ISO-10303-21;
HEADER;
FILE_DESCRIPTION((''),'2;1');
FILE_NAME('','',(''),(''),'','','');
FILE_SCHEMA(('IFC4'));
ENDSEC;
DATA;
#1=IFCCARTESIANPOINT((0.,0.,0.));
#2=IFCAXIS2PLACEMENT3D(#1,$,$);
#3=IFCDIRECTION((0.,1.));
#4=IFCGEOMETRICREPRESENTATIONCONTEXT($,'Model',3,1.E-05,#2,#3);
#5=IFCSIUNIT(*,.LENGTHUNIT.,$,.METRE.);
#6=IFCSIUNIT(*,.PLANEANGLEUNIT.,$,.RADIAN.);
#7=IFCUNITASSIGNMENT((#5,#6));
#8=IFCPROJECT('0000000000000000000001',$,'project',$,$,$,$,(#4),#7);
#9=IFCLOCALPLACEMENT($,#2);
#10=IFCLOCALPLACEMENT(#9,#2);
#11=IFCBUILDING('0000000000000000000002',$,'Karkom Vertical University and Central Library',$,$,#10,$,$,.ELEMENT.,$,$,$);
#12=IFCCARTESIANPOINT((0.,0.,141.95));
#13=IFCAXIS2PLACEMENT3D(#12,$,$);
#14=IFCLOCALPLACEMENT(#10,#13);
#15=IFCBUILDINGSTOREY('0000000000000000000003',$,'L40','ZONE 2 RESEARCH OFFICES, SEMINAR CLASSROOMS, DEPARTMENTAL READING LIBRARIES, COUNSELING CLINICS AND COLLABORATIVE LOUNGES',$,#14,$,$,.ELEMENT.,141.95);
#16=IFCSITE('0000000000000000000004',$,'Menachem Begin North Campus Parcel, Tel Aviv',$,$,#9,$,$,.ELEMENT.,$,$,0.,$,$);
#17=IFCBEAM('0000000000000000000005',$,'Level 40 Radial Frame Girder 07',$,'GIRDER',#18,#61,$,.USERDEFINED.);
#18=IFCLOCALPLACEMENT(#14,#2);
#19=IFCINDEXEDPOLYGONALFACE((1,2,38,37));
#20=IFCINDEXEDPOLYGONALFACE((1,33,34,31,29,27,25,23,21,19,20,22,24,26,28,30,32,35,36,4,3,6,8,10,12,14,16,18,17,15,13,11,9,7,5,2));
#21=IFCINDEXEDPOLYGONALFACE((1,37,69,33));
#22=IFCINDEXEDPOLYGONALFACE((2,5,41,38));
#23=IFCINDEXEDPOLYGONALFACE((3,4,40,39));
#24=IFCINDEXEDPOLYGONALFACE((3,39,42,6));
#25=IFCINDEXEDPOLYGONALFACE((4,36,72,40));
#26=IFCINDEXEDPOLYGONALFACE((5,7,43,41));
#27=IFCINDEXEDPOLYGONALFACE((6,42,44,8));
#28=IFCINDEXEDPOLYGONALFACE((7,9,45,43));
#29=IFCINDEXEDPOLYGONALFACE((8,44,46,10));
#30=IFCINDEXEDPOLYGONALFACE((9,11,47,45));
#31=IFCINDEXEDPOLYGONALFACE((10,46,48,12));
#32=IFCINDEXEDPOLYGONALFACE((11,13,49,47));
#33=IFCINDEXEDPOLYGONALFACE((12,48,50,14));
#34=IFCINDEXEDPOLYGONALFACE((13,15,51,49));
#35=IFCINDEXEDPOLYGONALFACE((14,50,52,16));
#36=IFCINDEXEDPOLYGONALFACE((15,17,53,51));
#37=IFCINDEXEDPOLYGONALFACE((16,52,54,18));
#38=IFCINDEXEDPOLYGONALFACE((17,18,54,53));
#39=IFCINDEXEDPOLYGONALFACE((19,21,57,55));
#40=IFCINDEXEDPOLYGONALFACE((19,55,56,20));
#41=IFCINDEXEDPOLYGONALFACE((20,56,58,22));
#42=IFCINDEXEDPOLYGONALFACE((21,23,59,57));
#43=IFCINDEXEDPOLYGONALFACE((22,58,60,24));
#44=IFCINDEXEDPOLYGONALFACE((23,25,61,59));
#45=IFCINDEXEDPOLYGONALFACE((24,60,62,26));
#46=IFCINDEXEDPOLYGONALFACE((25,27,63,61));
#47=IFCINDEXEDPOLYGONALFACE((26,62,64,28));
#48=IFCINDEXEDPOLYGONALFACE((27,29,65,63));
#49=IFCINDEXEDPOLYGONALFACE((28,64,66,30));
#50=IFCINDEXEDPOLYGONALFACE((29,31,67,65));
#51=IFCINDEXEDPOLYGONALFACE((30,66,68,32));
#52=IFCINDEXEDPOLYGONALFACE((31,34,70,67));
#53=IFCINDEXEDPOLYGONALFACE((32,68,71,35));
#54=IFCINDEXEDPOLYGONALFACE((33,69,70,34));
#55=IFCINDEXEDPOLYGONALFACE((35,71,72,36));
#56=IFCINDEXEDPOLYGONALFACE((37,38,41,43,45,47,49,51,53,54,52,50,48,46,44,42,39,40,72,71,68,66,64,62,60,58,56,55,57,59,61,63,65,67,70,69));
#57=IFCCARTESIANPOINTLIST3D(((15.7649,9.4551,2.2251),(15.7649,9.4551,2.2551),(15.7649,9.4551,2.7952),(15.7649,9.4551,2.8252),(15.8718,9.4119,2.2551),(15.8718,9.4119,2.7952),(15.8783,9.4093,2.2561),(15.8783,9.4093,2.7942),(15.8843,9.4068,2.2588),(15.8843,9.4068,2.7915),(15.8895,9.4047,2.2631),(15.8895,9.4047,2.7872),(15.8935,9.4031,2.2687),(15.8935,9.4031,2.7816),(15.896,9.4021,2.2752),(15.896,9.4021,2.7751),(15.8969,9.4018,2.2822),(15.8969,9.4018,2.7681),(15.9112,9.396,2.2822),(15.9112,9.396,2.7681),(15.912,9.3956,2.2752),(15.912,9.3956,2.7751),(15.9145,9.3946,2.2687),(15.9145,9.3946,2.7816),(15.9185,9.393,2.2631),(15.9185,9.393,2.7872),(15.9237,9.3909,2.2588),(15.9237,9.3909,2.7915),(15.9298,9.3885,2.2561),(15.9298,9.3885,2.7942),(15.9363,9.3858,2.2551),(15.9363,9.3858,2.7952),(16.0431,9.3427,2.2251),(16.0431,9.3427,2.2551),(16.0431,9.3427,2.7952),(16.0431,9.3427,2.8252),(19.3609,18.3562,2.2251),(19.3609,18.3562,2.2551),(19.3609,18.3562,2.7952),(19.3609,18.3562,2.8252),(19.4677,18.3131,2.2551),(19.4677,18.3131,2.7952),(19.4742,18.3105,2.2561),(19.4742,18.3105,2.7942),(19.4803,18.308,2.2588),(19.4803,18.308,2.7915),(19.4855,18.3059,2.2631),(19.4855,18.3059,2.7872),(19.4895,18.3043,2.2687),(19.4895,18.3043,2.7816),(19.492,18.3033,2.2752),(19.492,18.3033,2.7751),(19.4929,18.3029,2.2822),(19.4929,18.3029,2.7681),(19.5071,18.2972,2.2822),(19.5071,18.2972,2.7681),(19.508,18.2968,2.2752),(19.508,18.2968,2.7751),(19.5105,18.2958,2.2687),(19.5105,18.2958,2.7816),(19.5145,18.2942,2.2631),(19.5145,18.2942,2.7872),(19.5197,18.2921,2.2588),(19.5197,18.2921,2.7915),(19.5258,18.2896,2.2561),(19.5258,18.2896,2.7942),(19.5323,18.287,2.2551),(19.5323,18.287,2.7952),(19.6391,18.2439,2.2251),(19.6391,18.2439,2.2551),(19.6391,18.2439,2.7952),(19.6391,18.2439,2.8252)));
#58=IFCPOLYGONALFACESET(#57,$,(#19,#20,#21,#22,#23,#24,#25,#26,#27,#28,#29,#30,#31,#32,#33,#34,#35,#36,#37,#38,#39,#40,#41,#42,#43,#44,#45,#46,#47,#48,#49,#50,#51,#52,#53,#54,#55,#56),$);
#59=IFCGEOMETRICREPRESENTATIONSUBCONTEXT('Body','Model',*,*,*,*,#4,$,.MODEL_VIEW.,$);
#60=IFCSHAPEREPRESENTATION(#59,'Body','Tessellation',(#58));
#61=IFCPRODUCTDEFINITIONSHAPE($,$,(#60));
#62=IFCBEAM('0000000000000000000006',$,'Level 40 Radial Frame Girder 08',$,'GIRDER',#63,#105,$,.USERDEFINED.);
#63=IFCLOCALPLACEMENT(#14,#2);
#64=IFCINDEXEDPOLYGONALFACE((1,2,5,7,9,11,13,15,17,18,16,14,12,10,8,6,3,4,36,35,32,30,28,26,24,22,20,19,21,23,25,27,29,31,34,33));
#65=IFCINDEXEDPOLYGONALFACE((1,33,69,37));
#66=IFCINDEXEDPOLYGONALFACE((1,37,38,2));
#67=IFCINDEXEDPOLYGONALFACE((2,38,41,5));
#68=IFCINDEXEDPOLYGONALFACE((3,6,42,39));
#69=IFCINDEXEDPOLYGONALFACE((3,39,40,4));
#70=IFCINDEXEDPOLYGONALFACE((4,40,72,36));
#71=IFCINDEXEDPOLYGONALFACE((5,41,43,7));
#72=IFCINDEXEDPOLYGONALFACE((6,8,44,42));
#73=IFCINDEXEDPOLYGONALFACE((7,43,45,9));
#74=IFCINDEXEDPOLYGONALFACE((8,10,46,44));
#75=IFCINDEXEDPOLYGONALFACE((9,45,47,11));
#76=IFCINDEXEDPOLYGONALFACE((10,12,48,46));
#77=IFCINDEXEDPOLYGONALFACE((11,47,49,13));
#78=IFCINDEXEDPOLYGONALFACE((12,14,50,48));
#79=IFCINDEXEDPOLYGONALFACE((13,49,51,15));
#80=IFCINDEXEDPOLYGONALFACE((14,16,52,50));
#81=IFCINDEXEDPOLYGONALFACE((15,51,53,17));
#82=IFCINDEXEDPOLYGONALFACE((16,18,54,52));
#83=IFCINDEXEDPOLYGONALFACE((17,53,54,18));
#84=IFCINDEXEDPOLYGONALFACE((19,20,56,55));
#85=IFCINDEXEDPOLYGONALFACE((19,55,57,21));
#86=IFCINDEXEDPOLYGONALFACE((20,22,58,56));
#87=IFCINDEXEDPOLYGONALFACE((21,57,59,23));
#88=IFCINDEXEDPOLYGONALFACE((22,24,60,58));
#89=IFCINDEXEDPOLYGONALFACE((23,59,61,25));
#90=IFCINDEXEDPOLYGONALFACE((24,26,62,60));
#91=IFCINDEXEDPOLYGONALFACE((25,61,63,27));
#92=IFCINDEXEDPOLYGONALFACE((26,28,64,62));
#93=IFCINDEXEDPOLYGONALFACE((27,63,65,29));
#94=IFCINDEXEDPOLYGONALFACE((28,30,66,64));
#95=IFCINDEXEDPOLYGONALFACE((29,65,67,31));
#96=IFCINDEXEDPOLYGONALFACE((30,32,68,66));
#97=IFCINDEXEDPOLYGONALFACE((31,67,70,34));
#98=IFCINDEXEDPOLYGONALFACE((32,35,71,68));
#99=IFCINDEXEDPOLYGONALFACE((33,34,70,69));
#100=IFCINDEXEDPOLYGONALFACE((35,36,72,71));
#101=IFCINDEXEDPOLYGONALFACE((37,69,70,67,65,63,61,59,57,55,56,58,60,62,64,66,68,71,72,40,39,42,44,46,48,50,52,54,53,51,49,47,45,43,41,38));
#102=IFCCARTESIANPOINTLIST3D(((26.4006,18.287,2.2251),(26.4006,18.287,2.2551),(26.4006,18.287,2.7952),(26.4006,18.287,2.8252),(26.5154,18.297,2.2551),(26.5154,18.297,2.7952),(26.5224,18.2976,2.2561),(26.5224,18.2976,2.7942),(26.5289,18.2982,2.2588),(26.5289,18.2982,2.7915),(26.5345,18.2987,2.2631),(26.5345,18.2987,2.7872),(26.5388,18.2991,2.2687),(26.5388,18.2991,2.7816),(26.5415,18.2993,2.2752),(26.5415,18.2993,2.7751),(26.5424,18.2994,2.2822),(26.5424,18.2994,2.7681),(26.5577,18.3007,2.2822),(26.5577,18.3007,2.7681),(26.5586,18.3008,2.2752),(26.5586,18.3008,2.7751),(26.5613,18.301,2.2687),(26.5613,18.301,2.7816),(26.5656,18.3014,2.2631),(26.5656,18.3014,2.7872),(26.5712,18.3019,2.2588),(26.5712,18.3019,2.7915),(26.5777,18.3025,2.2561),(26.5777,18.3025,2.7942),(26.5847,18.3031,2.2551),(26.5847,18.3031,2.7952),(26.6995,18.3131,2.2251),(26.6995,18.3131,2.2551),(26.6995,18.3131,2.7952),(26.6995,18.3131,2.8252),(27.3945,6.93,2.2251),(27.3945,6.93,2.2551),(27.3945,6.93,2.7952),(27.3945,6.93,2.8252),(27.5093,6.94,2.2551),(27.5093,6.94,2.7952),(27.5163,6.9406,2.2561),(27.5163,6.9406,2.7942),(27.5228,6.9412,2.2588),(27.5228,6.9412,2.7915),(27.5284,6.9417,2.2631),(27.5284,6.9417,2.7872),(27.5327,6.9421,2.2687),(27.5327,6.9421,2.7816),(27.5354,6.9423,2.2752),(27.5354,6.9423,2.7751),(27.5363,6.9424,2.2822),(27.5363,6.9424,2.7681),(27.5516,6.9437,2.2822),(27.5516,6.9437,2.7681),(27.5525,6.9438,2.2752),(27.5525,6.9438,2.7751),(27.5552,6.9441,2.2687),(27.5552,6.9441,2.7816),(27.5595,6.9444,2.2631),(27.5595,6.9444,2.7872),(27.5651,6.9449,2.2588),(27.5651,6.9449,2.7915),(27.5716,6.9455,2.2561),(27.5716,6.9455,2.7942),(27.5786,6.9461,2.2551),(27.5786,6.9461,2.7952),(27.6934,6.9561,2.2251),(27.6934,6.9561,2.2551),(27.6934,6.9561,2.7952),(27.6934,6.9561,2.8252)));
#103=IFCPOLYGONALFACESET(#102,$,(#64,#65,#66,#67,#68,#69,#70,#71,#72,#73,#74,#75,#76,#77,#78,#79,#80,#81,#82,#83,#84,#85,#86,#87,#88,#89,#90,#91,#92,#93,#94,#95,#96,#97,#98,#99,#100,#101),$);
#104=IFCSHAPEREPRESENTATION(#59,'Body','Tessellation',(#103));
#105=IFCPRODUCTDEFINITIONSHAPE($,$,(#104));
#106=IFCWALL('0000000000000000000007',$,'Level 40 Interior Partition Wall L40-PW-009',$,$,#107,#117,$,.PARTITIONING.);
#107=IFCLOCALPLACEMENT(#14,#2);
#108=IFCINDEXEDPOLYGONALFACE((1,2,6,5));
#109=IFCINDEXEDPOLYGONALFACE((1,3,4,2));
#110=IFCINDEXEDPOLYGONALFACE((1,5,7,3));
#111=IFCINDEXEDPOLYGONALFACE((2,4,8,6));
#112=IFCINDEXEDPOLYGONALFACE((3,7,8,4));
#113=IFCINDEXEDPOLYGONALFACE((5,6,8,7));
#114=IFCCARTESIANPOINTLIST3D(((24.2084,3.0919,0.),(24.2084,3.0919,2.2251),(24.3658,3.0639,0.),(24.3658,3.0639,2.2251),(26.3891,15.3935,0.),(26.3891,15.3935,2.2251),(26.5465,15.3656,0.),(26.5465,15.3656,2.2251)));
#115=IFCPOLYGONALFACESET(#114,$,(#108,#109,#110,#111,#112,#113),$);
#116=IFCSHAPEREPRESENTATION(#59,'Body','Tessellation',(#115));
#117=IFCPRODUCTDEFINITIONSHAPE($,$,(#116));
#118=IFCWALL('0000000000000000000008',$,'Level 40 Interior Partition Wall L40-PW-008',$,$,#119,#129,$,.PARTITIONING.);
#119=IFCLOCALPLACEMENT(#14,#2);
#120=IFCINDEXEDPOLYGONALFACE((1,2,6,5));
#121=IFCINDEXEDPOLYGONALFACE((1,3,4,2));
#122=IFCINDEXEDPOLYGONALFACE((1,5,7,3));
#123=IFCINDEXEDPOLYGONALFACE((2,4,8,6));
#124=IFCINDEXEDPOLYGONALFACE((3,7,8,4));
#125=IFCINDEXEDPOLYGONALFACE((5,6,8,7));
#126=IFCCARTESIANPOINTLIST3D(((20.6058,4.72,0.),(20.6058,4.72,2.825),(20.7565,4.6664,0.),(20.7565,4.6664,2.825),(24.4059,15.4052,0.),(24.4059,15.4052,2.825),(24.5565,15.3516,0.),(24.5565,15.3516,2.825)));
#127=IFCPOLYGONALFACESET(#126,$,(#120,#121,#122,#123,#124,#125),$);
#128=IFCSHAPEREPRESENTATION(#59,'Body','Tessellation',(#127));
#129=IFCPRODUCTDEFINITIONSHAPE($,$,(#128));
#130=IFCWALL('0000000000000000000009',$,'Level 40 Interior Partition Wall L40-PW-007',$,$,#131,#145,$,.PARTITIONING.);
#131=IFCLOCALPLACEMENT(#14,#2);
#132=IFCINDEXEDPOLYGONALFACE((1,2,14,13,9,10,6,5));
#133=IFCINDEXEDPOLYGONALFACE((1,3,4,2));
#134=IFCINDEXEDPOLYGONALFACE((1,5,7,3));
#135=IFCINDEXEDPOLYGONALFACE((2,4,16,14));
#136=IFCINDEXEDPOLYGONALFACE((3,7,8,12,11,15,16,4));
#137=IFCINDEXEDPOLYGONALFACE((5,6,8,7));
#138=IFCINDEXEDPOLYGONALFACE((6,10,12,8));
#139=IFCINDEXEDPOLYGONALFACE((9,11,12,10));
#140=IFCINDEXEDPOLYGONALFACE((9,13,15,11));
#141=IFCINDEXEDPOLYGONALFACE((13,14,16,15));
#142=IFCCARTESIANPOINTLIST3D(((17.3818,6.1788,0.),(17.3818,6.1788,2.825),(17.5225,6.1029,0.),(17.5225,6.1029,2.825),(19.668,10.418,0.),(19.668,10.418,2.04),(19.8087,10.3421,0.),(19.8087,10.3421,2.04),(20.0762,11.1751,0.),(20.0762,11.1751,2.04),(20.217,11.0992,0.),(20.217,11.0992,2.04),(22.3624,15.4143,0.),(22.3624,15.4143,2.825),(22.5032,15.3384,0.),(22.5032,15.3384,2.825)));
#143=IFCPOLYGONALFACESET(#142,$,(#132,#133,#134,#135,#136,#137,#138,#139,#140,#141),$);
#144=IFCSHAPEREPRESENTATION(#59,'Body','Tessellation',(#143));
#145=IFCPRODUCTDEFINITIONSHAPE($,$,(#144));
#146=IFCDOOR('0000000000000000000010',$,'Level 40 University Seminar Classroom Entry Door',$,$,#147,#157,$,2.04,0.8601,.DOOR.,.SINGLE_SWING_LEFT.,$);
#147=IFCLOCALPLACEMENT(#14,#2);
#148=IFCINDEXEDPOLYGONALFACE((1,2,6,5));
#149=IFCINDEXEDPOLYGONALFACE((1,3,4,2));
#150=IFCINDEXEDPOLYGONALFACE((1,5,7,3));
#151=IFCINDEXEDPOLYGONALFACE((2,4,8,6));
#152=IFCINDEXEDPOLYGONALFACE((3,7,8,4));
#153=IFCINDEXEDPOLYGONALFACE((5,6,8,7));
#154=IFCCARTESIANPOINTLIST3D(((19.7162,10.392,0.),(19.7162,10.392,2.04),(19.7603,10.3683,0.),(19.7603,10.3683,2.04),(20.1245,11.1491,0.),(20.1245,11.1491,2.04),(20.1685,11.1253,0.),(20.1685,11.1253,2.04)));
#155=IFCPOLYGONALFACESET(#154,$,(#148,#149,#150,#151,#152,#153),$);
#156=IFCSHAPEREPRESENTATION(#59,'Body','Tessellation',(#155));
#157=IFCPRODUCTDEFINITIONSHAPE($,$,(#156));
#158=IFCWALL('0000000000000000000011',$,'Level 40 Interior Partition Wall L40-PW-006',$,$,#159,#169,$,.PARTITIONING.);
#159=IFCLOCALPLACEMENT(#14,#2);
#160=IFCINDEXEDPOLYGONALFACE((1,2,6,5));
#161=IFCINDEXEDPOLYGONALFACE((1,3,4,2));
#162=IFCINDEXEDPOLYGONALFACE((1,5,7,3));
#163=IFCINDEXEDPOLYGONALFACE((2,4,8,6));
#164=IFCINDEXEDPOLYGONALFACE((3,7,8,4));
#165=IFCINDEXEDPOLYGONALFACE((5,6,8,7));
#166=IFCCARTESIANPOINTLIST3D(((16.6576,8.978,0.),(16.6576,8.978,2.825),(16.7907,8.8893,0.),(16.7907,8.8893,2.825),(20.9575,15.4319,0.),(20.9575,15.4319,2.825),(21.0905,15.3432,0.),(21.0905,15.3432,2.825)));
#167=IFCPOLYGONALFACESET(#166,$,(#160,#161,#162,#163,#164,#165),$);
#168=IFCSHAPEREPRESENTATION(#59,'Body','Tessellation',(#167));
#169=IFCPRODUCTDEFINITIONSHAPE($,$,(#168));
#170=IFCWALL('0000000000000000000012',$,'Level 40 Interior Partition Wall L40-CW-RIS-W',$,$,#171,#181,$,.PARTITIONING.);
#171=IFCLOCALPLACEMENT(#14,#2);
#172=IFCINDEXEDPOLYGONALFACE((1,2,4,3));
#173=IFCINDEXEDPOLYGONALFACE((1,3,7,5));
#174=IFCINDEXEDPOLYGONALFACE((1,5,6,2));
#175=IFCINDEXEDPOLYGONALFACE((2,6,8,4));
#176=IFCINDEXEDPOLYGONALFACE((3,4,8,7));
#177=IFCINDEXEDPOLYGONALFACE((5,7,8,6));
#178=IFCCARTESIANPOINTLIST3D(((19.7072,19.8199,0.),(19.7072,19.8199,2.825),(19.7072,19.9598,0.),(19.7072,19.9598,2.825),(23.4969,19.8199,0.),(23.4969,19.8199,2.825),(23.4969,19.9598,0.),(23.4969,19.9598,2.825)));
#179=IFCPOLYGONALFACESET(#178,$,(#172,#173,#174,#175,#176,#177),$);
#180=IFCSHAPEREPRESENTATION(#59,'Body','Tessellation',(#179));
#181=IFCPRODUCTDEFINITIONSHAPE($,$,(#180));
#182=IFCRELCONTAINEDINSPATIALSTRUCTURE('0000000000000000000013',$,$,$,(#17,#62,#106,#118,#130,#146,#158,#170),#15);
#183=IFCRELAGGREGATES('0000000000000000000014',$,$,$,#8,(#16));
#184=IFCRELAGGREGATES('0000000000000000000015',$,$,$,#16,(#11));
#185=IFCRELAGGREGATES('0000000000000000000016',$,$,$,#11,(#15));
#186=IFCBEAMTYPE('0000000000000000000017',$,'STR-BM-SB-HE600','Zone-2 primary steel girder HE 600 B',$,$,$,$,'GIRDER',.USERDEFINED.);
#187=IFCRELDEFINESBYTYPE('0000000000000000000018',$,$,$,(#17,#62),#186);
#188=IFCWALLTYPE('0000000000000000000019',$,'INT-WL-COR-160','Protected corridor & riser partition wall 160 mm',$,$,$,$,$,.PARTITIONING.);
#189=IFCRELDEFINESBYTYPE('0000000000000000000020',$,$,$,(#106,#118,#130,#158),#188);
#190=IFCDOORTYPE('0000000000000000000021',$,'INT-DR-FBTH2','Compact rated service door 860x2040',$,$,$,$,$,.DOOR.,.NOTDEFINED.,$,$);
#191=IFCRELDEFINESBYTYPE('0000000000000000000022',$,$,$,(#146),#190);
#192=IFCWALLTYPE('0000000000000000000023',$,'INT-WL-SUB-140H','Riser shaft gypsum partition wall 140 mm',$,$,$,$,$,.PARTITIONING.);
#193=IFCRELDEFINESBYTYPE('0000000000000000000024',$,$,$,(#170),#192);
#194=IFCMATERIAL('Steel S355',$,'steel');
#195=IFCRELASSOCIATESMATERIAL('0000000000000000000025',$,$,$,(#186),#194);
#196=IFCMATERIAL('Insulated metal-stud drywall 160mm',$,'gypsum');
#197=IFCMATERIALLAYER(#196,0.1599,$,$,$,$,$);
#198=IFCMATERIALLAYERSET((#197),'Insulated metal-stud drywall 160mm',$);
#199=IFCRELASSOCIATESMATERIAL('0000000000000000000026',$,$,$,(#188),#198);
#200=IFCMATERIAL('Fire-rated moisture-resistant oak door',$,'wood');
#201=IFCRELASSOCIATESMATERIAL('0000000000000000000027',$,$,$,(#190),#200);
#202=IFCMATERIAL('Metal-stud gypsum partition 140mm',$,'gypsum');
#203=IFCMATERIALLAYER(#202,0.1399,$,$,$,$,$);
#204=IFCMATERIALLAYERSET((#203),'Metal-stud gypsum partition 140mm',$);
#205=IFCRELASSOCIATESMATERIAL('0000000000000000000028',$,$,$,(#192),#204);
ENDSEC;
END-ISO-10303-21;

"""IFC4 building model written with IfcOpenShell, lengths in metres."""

from ifc_helpers import new_model, si_unit, direction, frame, frame_2d, origin, origin_with_axes, origin_2d, place, context, subcontext, project, spatial, rectangle, i_section, extrude, source, transform, mapped, material, layer, layer_set, material_profile, profile_set, type_object, element, fill, save


model = new_model("IFC4")

# Units and contexts
model_context = context("Model", 3, precision=1e-05, world=origin(), true_north=direction((0.0, 1.0)))
body_context = subcontext(model_context, "Body", "Model", "MODEL_VIEW")
ifc_project = project(units=[si_unit("LENGTHUNIT", "METRE"), si_unit("PLANEANGLEUNIT", "RADIAN")], contexts=[model_context])

# Site, building, storey
site_placement = place(None, origin())
site = spatial("IfcSite", under=ifc_project, at=site_placement, Name="Menachem Begin North Campus Parcel, Tel Aviv", CompositionType="ELEMENT", RefElevation=0.0)
building_placement = place(site_placement, origin())
building = spatial("IfcBuilding", under=site, at=building_placement, Name="Karkom Vertical University and Central Library", CompositionType="ELEMENT")
storey_placement = place(building_placement, frame((0.0, 0.0, 141.95)))
storey = spatial("IfcBuildingStorey", under=building, at=storey_placement, Name="L40", Description="ZONE 2 RESEARCH OFFICES, SEMINAR CLASSROOMS, DEPARTMENTAL READING LIBRARIES, COUNSELING CLINICS AND COLLABORATIVE LOUNGES", CompositionType="ELEMENT", Elevation=141.95)

# Beams
ifc_material_1 = material(Name="Steel S355", Category="steel")
ifc_material_profile_1 = material_profile(ifc_material_1, i_section(OverallWidth=0.3, OverallDepth=0.6001, WebThickness=0.0154, FlangeThickness=0.03, FilletRadius=0.0271, at=origin_2d()), Name="HE 600 B")
ifc_profile_set_1 = profile_set([ifc_material_profile_1], Name="Steel S355")
beam_type = type_object("IfcBeamType", Name="STR-BM-SB-HE600", Description="Zone-2 primary steel girder HE 600 B", ElementType="GIRDER", PredefinedType="USERDEFINED", material=ifc_profile_set_1)
shared_shape_1 = source(origin_with_axes(), body_context, "Body", "SweptSolid", [
    extrude(i_section(OverallWidth=0.3, OverallDepth=0.6001, WebThickness=0.0154, FlangeThickness=0.03, FilletRadius=0.0271, at=origin_2d()), origin(), (0.0, 0.0, 1.0), 9.6001),
])
beam_1_placement = place(storey_placement, frame((19.5, 18.3, 2.5251), z_axis=(-0.374576, -0.927196, 0.0), x_axis=(0.927196, -0.374576, 0.0)))
element("IfcBeam", 1, at=beam_1_placement, inside=storey, type_object=beam_type, Name="Level 40 Radial Frame Girder 07", ObjectType="GIRDER", PredefinedType="USERDEFINED", context=body_context, shape_type="MappedRepresentation", body=[
    mapped(shared_shape_1, transform((0.0, 0.0, 0.0), scale=1.0)),
])
shared_shape_2 = source(origin_with_axes(), body_context, "Body", "SweptSolid", [
    extrude(i_section(OverallWidth=0.3, OverallDepth=0.6001, WebThickness=0.0154, FlangeThickness=0.03, FilletRadius=0.0271, at=origin_2d()), origin(), (0.0, 0.0, 1.0), 11.4004),
])
beam_2_placement = place(storey_placement, frame((26.55, 18.3, 2.5251), z_axis=(0.087181, -0.996192, 0.0), x_axis=(0.996192, 0.087181, 0.0)))
element("IfcBeam", 2, at=beam_2_placement, inside=storey, type_object=beam_type, Name="Level 40 Radial Frame Girder 08", ObjectType="GIRDER", PredefinedType="USERDEFINED", context=body_context, shape_type="MappedRepresentation", body=[
    mapped(shared_shape_2, transform((0.0, 0.0, 0.0), scale=1.0)),
])

# Walls
ifc_material_2 = material(Name="Insulated metal-stud drywall 160mm", Category="gypsum")
ifc_layer_1 = layer(ifc_material_2, 0.1599)
ifc_layer_set_1 = layer_set([ifc_layer_1], Name="Insulated metal-stud drywall 160mm")
wall_type_1 = type_object("IfcWallType", Name="INT-WL-COR-160", Description="Protected corridor & riser partition wall 160 mm", PredefinedType="PARTITIONING", material=ifc_layer_set_1)
wall_1_placement = place(storey_placement, frame((26.4678, 15.3794, 0.0), z_axis=(0.0, 0.0, 1.0), x_axis=(-0.174547, -0.984649, 0.0)))
element("IfcWall", 3, at=wall_1_placement, inside=storey, type_object=wall_type_1, Name="Level 40 Interior Partition Wall L40-PW-009", PredefinedType="PARTITIONING", context=body_context, shape_type="SweptSolid", body=[
    extrude(rectangle(XDim=12.4934, YDim=0.1599, at=frame_2d((6.2466, 0.0))), origin(), (0.0, 0.0, 1.0), 2.2251),
])
wall_2_placement = place(storey_placement, frame((24.4812, 15.3784, 0.0), z_axis=(0.0, 0.0, 1.0), x_axis=(-0.335075, -0.942192, 0.0)))
element("IfcWall", 4, at=wall_2_placement, inside=storey, type_object=wall_type_1, Name="Level 40 Interior Partition Wall L40-PW-008", PredefinedType="PARTITIONING", context=body_context, shape_type="SweptSolid", body=[
    extrude(rectangle(XDim=11.3408, YDim=0.1599, at=frame_2d((5.6704, 0.0))), origin(), (0.0, 0.0, 1.0), 2.825),
])

# Wall, opening, door
wall_3_placement = place(storey_placement, frame((22.4329, 15.3765, 0.0), z_axis=(0.0, 0.0, 1.0), x_axis=(-0.474669, -0.880165, 0.0)))
wall_3 = element("IfcWall", 5, at=wall_3_placement, inside=storey, type_object=wall_type_1, Name="Level 40 Interior Partition Wall L40-PW-007", PredefinedType="PARTITIONING", context=body_context, shape_type="SweptSolid", body=[
    extrude(rectangle(XDim=10.4929, YDim=0.1599, at=frame_2d((5.2466, 0.0))), origin(), (0.0, 0.0, 1.0), 2.825),
])
opening_1_placement = place(wall_3_placement, frame((4.8164, 0.0, 0.0)))
opening_1 = element("IfcOpeningElement", 6, at=opening_1_placement, cuts=wall_3, PredefinedType="OPENING", context=body_context, shape_type="SweptSolid", body=[
    extrude(rectangle(XDim=0.8601, YDim=2.04, at=frame_2d((0.4302, 1.02))), frame((0.0, 0.0898, 0.0), z_axis=(0.0, -1.0, 0.0), x_axis=(1.0, 0.0, 0.0)), (0.0, 0.0, 1.0), 0.1799),
])
ifc_material_3 = material(Name="Fire-rated moisture-resistant oak door", Category="wood")
door_type_1 = type_object("IfcDoorType", Name="INT-DR-FBTH2", Description="Compact rated service door 860x2040", OperationType="NOTDEFINED", PredefinedType="DOOR", material=ifc_material_3)
shared_shape_3 = source(origin_with_axes(), body_context, "Body", "SweptSolid", [
    extrude(rectangle(XDim=0.8601, YDim=2.04, at=frame_2d((0.4302, 1.02))), frame((0.0, 0.0249, 0.0), z_axis=(0.0, -1.0, 0.0), x_axis=(1.0, 0.0, 0.0)), (0.0, 0.0, 1.0), 0.05),
])
door_1_placement = place(opening_1_placement, origin())
door_1 = element("IfcDoor", 7, at=door_1_placement, inside=storey, type_object=door_type_1, Name="Level 40 University Seminar Classroom Entry Door", OperationType="SINGLE_SWING_LEFT", OverallHeight=2.04, OverallWidth=0.8601, PredefinedType="DOOR", context=body_context, shape_type="MappedRepresentation", body=[
    mapped(shared_shape_3, transform((0.0, 0.0, 0.0), scale=1.0)),
])
fill(opening_1, door_1)

# Walls
wall_4_placement = place(storey_placement, frame((21.0239, 15.3875, 0.0), z_axis=(0.0, 0.0, 1.0), x_axis=(-0.554453, -0.832215, 0.0)))
element("IfcWall", 8, at=wall_4_placement, inside=storey, type_object=wall_type_1, Name="Level 40 Interior Partition Wall L40-PW-006", PredefinedType="PARTITIONING", context=body_context, shape_type="SweptSolid", body=[
    extrude(rectangle(XDim=7.7551, YDim=0.1599, at=frame_2d((3.8774, 0.0))), origin(), (0.0, 0.0, 1.0), 2.825),
])
ifc_material_4 = material(Name="Metal-stud gypsum partition 140mm", Category="gypsum")
ifc_layer_2 = layer(ifc_material_4, 0.1399)
ifc_layer_set_2 = layer_set([ifc_layer_2], Name="Metal-stud gypsum partition 140mm")
wall_type_2 = type_object("IfcWallType", Name="INT-WL-SUB-140H", Description="Riser shaft gypsum partition wall 140 mm", PredefinedType="PARTITIONING", material=ifc_layer_set_2)
wall_5_placement = place(storey_placement, frame((19.707, 19.8899, 0.0), z_axis=(0.0, 0.0, 1.0), x_axis=(1.0, 0.0, 0.0)))
element("IfcWall", 9, at=wall_5_placement, inside=storey, type_object=wall_type_2, Name="Level 40 Interior Partition Wall L40-CW-RIS-W", PredefinedType="PARTITIONING", context=body_context, shape_type="SweptSolid", body=[
    extrude(rectangle(XDim=3.7898, YDim=0.1399, at=frame_2d((1.895, 0.0))), origin(), (0.0, 0.0, 1.0), 2.825),
])

save(model, "model.ifc")
